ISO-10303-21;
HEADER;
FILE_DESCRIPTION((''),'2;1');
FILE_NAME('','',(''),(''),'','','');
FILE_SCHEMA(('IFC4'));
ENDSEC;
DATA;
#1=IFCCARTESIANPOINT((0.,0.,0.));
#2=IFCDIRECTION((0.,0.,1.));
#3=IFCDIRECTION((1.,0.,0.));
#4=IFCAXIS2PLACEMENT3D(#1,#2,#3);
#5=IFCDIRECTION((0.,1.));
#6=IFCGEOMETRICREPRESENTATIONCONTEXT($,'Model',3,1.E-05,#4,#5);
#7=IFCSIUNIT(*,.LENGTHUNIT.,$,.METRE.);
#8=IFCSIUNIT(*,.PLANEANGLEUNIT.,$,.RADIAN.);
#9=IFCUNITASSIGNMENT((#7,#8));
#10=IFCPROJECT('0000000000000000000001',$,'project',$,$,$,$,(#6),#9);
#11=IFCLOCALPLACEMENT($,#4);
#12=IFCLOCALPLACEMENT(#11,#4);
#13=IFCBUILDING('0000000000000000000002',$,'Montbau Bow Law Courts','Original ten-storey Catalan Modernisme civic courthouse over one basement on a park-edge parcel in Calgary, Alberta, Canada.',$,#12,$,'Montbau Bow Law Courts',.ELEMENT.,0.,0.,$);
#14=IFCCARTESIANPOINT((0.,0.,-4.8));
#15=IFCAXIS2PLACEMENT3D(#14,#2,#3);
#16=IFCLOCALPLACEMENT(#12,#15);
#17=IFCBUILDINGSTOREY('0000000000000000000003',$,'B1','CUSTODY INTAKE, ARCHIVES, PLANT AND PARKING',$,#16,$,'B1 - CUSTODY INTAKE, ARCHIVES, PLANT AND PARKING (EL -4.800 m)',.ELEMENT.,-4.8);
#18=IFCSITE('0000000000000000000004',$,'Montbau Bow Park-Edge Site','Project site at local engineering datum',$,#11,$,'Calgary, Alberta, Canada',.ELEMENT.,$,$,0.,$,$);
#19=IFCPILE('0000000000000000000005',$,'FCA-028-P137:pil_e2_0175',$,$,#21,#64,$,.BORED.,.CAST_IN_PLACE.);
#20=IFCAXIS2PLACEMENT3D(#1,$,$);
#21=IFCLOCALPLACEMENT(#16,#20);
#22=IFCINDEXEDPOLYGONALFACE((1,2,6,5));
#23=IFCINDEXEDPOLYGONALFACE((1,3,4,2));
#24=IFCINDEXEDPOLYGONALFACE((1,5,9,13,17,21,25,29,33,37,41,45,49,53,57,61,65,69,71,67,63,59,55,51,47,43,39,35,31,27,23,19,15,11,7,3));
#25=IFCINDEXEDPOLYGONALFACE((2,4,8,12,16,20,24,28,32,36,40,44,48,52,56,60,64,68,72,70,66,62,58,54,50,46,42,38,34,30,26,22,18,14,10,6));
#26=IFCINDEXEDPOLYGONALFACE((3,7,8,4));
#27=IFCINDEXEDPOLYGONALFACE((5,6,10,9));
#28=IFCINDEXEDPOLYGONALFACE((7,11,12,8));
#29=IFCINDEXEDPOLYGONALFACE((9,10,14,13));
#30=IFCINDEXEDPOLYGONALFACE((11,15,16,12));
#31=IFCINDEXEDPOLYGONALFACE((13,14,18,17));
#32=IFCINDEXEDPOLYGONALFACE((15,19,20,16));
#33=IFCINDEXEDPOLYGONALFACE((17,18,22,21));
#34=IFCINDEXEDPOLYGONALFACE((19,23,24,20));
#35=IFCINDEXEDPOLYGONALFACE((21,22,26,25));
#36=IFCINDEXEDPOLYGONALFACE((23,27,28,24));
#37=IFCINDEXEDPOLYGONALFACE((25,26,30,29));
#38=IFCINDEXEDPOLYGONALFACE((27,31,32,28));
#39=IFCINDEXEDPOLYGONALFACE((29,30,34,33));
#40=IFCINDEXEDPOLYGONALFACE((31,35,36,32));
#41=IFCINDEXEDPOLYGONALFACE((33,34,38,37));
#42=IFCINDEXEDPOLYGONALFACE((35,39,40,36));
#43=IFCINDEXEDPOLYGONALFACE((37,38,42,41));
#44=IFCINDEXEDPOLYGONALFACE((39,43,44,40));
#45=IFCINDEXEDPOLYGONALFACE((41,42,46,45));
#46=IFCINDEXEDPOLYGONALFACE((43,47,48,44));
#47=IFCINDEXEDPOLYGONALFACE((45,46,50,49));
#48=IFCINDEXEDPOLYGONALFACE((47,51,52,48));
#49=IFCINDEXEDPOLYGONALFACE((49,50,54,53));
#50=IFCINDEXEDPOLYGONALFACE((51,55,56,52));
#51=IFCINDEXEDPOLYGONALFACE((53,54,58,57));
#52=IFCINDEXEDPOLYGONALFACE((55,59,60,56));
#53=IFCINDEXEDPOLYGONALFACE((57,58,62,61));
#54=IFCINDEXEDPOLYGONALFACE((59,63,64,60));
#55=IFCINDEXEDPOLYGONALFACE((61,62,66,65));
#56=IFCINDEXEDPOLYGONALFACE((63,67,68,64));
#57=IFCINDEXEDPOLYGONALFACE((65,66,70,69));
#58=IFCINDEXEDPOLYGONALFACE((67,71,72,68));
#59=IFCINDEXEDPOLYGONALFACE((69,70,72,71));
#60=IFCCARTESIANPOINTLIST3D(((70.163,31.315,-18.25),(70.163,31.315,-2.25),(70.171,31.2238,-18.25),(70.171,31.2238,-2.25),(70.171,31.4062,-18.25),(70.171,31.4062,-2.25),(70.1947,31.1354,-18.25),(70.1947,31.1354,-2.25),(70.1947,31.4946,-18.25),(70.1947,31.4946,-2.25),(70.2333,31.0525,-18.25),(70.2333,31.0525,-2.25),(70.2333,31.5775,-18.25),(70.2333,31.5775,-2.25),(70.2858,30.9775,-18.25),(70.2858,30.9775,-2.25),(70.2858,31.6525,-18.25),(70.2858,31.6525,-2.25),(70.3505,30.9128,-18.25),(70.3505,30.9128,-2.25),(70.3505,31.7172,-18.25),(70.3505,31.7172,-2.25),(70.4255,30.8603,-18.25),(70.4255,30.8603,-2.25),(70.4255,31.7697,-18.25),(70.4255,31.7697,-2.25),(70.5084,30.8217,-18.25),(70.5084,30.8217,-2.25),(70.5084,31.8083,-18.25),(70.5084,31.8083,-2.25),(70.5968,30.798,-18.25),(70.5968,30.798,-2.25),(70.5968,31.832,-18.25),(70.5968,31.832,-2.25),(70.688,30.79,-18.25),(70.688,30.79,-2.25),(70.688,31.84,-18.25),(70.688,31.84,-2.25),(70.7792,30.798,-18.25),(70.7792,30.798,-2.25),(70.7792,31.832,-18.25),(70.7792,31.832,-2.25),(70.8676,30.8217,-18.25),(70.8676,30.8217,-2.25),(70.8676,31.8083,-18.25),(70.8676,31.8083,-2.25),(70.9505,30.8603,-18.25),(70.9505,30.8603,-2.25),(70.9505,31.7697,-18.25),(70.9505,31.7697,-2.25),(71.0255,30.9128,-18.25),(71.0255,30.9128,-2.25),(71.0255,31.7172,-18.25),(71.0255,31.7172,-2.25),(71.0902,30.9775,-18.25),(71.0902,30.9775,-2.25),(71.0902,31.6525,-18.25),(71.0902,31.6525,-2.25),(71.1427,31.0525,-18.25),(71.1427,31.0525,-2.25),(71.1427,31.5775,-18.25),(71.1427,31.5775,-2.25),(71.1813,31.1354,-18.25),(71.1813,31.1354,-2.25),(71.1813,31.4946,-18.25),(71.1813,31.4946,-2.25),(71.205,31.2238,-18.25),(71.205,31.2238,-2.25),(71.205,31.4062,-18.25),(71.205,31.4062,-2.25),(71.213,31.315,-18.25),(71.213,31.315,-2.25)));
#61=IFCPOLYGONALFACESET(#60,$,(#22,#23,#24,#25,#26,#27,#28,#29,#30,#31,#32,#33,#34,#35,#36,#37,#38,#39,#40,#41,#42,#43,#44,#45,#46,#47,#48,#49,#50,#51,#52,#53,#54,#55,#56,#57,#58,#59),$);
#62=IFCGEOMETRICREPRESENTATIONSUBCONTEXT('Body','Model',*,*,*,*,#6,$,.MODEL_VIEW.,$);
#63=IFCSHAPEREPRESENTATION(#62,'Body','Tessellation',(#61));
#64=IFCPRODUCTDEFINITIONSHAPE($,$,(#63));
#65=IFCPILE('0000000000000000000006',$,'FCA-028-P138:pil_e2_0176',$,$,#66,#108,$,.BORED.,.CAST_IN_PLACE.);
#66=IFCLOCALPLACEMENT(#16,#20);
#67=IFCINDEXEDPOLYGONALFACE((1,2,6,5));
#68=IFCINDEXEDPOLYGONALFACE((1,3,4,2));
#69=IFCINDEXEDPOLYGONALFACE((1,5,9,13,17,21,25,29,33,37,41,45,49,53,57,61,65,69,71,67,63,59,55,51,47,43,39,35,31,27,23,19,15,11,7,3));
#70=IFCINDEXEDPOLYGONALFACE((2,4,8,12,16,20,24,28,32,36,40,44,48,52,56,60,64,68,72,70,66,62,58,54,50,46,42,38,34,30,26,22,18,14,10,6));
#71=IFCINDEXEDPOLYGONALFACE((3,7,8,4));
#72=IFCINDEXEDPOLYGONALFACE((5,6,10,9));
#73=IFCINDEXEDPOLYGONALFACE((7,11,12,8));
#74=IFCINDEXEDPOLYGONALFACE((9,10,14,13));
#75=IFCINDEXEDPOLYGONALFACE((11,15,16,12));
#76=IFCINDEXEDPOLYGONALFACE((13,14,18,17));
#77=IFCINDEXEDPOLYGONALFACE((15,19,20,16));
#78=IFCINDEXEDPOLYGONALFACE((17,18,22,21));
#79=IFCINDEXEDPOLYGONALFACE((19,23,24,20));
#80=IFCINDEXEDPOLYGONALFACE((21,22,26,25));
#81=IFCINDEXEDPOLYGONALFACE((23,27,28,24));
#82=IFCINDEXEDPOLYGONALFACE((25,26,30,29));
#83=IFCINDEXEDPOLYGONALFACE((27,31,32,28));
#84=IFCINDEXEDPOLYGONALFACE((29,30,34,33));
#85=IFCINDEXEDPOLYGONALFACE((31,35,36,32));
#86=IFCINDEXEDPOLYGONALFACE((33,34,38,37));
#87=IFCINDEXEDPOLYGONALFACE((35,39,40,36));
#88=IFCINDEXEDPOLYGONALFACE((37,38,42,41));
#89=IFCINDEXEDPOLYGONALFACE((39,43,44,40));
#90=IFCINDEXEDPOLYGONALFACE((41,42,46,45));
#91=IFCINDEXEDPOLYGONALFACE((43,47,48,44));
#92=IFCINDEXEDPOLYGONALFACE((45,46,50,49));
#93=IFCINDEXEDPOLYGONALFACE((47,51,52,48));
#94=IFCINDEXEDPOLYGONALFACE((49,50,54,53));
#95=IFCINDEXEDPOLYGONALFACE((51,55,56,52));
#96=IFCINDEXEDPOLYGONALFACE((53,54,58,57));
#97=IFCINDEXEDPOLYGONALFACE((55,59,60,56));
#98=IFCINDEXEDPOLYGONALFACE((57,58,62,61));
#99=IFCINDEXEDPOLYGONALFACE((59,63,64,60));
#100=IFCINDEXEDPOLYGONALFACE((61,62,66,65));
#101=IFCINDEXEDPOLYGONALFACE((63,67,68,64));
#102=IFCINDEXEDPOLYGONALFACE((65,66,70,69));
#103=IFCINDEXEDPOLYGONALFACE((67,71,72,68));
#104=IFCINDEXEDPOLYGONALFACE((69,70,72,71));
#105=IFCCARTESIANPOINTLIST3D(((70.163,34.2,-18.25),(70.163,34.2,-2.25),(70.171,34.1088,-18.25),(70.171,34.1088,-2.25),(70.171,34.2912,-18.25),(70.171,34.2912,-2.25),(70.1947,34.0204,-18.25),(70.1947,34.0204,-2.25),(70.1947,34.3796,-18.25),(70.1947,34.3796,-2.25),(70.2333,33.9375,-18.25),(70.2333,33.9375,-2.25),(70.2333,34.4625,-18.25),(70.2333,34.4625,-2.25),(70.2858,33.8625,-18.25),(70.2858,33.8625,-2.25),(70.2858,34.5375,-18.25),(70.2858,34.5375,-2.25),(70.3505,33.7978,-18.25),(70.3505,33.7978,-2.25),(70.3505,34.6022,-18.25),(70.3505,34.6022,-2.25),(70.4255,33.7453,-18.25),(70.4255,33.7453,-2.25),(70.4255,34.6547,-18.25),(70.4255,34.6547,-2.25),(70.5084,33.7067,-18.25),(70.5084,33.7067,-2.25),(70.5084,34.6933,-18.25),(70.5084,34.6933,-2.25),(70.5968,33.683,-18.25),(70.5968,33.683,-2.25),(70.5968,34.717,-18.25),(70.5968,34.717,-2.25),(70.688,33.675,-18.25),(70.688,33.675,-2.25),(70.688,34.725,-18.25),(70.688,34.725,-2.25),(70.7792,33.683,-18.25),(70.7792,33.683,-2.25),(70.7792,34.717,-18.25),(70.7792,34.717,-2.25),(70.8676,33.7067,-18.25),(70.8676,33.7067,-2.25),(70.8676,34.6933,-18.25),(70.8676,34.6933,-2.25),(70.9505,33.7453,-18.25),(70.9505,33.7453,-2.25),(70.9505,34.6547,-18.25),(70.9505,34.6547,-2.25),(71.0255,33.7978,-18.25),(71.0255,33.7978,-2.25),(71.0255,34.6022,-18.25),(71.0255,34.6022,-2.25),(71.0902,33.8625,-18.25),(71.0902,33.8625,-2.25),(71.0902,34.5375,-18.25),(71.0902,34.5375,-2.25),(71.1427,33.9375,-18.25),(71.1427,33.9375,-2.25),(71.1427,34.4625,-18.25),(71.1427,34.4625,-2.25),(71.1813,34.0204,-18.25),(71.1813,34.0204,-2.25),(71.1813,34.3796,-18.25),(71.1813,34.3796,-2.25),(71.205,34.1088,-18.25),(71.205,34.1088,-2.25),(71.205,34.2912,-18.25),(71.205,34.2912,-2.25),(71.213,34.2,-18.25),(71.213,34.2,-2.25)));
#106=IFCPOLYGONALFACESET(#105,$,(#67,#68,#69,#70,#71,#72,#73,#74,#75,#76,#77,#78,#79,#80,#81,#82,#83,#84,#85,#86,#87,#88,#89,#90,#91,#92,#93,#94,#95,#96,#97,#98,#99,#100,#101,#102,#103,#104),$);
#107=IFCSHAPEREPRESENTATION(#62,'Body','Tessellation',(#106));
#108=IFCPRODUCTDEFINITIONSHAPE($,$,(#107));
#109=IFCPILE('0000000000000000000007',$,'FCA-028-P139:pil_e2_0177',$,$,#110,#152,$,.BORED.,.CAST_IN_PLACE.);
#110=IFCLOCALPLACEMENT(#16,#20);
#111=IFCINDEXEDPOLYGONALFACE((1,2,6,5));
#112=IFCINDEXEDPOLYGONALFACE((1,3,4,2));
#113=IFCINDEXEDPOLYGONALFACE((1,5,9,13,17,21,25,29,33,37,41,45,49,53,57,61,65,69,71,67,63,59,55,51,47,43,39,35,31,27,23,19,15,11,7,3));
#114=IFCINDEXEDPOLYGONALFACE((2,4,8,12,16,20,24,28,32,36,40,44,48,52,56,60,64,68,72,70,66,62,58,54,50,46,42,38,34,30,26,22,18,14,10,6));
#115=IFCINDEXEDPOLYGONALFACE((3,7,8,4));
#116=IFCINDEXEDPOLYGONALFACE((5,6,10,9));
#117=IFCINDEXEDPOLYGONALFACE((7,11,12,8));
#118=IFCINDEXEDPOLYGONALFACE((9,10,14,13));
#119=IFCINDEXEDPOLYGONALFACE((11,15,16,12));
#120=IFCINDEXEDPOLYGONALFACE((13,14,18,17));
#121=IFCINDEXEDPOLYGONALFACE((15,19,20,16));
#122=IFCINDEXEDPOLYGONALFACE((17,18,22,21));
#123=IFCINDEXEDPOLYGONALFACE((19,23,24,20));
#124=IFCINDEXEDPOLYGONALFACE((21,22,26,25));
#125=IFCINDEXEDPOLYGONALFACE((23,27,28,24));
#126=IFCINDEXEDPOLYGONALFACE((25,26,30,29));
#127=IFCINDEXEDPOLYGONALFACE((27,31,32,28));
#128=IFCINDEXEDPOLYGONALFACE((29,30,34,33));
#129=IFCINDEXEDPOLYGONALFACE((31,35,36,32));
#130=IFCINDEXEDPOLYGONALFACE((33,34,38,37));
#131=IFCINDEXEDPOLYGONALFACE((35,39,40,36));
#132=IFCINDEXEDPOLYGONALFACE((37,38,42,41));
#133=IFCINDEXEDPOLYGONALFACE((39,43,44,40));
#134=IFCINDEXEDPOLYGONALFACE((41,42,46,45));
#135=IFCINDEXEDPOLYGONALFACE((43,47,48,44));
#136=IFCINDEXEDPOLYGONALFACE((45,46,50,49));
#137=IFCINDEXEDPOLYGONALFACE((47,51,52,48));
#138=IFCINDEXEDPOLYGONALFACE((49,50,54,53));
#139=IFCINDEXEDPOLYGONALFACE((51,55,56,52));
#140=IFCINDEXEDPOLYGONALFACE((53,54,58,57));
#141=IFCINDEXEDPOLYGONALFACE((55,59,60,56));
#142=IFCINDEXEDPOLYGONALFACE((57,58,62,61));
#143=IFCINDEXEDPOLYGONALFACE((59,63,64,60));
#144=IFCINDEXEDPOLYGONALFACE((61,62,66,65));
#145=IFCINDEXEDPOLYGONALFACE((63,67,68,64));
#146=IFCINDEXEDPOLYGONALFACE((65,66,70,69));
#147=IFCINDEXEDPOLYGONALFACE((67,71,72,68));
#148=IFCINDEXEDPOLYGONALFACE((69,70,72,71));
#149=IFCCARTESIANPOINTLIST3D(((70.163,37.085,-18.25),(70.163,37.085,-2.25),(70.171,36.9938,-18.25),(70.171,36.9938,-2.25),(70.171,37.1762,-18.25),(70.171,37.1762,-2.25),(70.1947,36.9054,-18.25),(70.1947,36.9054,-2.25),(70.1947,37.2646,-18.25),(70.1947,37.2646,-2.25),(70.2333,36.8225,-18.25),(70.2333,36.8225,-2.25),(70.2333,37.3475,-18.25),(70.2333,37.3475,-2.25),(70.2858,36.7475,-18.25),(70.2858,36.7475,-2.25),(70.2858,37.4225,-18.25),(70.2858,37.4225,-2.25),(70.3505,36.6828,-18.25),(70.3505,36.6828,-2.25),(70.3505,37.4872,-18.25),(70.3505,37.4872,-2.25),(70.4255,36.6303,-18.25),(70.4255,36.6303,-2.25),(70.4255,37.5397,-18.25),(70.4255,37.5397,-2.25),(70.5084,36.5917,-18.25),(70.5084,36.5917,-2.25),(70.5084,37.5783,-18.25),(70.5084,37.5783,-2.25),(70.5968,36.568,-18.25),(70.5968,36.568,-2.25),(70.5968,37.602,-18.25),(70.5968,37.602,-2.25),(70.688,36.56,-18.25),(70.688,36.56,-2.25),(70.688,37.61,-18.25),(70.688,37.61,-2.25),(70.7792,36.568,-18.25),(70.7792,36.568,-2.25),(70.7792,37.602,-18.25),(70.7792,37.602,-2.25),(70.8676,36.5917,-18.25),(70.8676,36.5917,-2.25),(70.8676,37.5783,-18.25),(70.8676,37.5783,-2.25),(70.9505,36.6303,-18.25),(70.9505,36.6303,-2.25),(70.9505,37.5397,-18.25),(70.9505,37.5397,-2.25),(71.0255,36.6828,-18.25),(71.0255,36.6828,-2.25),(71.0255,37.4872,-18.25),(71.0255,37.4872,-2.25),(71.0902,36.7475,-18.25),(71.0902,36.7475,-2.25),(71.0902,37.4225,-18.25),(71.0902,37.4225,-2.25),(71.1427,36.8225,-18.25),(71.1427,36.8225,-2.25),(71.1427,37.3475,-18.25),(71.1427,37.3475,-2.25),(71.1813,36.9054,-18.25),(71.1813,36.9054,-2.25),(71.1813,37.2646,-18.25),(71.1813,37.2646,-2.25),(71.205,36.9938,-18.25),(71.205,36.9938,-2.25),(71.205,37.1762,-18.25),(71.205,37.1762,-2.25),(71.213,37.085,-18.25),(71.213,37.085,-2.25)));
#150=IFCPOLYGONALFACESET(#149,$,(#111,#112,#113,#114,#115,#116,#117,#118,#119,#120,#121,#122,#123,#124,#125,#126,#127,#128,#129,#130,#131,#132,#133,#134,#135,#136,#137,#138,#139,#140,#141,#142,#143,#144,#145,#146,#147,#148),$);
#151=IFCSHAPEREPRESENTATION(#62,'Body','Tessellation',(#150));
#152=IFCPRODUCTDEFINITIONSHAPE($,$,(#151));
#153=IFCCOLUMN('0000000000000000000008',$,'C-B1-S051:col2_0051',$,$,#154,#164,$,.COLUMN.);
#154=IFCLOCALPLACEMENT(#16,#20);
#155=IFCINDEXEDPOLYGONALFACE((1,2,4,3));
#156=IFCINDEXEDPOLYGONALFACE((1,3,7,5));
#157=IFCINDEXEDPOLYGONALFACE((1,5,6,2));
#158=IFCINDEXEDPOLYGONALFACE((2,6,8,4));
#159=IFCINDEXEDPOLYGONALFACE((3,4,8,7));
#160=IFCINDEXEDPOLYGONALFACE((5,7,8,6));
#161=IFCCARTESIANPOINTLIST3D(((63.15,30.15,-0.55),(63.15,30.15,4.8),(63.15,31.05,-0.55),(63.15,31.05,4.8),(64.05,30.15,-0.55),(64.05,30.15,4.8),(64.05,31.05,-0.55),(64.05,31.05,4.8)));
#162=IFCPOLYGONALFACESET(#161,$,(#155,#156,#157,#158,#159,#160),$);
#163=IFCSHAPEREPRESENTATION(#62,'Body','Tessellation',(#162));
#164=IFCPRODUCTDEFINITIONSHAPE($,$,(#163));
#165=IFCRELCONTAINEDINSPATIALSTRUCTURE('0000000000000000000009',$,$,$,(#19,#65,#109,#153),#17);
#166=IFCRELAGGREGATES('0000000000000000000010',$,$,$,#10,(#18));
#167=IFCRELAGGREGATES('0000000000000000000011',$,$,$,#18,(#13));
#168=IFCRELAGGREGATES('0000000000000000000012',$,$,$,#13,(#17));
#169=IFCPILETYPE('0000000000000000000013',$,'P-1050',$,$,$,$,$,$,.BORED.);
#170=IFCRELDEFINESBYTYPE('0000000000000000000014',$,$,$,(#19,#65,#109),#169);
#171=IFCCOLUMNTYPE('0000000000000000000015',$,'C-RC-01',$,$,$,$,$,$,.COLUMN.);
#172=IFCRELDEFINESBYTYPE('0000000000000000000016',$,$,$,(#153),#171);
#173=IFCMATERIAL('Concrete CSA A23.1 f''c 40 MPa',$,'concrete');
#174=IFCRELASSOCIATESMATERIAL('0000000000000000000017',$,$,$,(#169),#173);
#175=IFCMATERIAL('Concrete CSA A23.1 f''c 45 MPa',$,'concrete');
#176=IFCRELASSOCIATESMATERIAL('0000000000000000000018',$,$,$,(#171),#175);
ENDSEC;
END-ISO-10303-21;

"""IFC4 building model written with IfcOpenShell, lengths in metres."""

from ifc_helpers import new_model, si_unit, direction, frame, origin_with_axes, origin_2d_with_axis, place, context, subcontext, project, spatial, rectangle, circle, extrude, material, material_profile, profile_set, type_object, element, save


model = new_model("IFC4")

# Units and contexts
model_context = context("Model", 3, precision=1e-05, world=origin_with_axes(), true_north=direction((0.0, 1.0)))
body_context = subcontext(model_context, "Body", "Model", "MODEL_VIEW")
ifc_project = project(units=[si_unit("LENGTHUNIT", "METRE"), si_unit("PLANEANGLEUNIT", "RADIAN")], contexts=[model_context])

# Site, building, storey
site_placement = place(None, origin_with_axes())
site = spatial("IfcSite", under=ifc_project, at=site_placement, Name="Montbau Bow Park-Edge Site", Description="Project site at local engineering datum", LongName="Calgary, Alberta, Canada", CompositionType="ELEMENT", RefElevation=0.0)
building_placement = place(site_placement, origin_with_axes())
building = spatial("IfcBuilding", under=site, at=building_placement, Name="Montbau Bow Law Courts", Description="Original ten-storey Catalan Modernisme civic courthouse over one basement on a park-edge parcel in Calgary, Alberta, Canada.", LongName="Montbau Bow Law Courts", CompositionType="ELEMENT", ElevationOfRefHeight=0.0, ElevationOfTerrain=0.0)
storey_placement = place(building_placement, frame((0.0, 0.0, -4.8), z_axis=(0.0, 0.0, 1.0), x_axis=(1.0, 0.0, 0.0)))
storey = spatial("IfcBuildingStorey", under=building, at=storey_placement, Name="B1", Description="CUSTODY INTAKE, ARCHIVES, PLANT AND PARKING", LongName="B1 - CUSTODY INTAKE, ARCHIVES, PLANT AND PARKING (EL -4.800 m)", CompositionType="ELEMENT", Elevation=-4.8)

# Piles
ifc_material_1 = material(Name="Concrete CSA A23.1 f'c 40 MPa", Category="concrete")
ifc_material_profile_1 = material_profile(ifc_material_1, circle(Radius=0.525, at=origin_2d_with_axis()), Name="BP1050", Category="Main", Priority=0)
ifc_profile_set_1 = profile_set([ifc_material_profile_1], Name="Concrete CSA A23.1 f'c 40 MPa")
pile_type = type_object("IfcPileType", Name="P-1050", PredefinedType="BORED", material=ifc_profile_set_1)
for number, where, z_axis, x_axis, name in (
    (1, (70.688, 31.315, -23.05), (0.0, 0.0, 1.0), (1.0, 0.0, 0.0), "FCA-028-P137:pil_e2_0175"),
    (2, (70.688, 34.2, -23.05), (0.0, 0.0, 1.0), (1.0, 0.0, 0.0), "FCA-028-P138:pil_e2_0176"),
    (3, (70.688, 37.085, -23.05), (0.0, 0.0, 1.0), (1.0, 0.0, 0.0), "FCA-028-P139:pil_e2_0177"),
):
    element("IfcPile", number, at=place(None, frame(where, z_axis=z_axis, x_axis=x_axis)), inside=storey, type_object=pile_type, Name=name, ConstructionType="CAST_IN_PLACE", PredefinedType="BORED", context=body_context, shape_type="SweptSolid", body=[
        extrude(circle(Radius=0.525, at=origin_2d_with_axis()), origin_with_axes(), (0.0, 0.0, 1.0), 16.0),
    ])

# Column
ifc_material_2 = material(Name="Concrete CSA A23.1 f'c 45 MPa", Category="concrete")
ifc_material_profile_2 = material_profile(ifc_material_2, rectangle(XDim=0.9, YDim=0.9, at=origin_2d_with_axis()), Name="RC900X900", Category="Main", Priority=0)
ifc_profile_set_2 = profile_set([ifc_material_profile_2], Name="Concrete CSA A23.1 f'c 45 MPa")
column_type = type_object("IfcColumnType", Name="C-RC-01", PredefinedType="COLUMN", material=ifc_profile_set_2)
column_placement = place(None, frame((63.6, 30.6, -5.35), z_axis=(0.0, 0.0, 1.0), x_axis=(1.0, 0.0, 0.0)))
element("IfcColumn", 4, at=column_placement, inside=storey, type_object=column_type, Name="C-B1-S051:col2_0051", PredefinedType="COLUMN", context=body_context, shape_type="SweptSolid", body=[
    extrude(rectangle(XDim=0.9, YDim=0.9, at=origin_2d_with_axis()), origin_with_axes(), (0.0, 0.0, 1.0), 5.35),
])

save(model, "model.ifc")
